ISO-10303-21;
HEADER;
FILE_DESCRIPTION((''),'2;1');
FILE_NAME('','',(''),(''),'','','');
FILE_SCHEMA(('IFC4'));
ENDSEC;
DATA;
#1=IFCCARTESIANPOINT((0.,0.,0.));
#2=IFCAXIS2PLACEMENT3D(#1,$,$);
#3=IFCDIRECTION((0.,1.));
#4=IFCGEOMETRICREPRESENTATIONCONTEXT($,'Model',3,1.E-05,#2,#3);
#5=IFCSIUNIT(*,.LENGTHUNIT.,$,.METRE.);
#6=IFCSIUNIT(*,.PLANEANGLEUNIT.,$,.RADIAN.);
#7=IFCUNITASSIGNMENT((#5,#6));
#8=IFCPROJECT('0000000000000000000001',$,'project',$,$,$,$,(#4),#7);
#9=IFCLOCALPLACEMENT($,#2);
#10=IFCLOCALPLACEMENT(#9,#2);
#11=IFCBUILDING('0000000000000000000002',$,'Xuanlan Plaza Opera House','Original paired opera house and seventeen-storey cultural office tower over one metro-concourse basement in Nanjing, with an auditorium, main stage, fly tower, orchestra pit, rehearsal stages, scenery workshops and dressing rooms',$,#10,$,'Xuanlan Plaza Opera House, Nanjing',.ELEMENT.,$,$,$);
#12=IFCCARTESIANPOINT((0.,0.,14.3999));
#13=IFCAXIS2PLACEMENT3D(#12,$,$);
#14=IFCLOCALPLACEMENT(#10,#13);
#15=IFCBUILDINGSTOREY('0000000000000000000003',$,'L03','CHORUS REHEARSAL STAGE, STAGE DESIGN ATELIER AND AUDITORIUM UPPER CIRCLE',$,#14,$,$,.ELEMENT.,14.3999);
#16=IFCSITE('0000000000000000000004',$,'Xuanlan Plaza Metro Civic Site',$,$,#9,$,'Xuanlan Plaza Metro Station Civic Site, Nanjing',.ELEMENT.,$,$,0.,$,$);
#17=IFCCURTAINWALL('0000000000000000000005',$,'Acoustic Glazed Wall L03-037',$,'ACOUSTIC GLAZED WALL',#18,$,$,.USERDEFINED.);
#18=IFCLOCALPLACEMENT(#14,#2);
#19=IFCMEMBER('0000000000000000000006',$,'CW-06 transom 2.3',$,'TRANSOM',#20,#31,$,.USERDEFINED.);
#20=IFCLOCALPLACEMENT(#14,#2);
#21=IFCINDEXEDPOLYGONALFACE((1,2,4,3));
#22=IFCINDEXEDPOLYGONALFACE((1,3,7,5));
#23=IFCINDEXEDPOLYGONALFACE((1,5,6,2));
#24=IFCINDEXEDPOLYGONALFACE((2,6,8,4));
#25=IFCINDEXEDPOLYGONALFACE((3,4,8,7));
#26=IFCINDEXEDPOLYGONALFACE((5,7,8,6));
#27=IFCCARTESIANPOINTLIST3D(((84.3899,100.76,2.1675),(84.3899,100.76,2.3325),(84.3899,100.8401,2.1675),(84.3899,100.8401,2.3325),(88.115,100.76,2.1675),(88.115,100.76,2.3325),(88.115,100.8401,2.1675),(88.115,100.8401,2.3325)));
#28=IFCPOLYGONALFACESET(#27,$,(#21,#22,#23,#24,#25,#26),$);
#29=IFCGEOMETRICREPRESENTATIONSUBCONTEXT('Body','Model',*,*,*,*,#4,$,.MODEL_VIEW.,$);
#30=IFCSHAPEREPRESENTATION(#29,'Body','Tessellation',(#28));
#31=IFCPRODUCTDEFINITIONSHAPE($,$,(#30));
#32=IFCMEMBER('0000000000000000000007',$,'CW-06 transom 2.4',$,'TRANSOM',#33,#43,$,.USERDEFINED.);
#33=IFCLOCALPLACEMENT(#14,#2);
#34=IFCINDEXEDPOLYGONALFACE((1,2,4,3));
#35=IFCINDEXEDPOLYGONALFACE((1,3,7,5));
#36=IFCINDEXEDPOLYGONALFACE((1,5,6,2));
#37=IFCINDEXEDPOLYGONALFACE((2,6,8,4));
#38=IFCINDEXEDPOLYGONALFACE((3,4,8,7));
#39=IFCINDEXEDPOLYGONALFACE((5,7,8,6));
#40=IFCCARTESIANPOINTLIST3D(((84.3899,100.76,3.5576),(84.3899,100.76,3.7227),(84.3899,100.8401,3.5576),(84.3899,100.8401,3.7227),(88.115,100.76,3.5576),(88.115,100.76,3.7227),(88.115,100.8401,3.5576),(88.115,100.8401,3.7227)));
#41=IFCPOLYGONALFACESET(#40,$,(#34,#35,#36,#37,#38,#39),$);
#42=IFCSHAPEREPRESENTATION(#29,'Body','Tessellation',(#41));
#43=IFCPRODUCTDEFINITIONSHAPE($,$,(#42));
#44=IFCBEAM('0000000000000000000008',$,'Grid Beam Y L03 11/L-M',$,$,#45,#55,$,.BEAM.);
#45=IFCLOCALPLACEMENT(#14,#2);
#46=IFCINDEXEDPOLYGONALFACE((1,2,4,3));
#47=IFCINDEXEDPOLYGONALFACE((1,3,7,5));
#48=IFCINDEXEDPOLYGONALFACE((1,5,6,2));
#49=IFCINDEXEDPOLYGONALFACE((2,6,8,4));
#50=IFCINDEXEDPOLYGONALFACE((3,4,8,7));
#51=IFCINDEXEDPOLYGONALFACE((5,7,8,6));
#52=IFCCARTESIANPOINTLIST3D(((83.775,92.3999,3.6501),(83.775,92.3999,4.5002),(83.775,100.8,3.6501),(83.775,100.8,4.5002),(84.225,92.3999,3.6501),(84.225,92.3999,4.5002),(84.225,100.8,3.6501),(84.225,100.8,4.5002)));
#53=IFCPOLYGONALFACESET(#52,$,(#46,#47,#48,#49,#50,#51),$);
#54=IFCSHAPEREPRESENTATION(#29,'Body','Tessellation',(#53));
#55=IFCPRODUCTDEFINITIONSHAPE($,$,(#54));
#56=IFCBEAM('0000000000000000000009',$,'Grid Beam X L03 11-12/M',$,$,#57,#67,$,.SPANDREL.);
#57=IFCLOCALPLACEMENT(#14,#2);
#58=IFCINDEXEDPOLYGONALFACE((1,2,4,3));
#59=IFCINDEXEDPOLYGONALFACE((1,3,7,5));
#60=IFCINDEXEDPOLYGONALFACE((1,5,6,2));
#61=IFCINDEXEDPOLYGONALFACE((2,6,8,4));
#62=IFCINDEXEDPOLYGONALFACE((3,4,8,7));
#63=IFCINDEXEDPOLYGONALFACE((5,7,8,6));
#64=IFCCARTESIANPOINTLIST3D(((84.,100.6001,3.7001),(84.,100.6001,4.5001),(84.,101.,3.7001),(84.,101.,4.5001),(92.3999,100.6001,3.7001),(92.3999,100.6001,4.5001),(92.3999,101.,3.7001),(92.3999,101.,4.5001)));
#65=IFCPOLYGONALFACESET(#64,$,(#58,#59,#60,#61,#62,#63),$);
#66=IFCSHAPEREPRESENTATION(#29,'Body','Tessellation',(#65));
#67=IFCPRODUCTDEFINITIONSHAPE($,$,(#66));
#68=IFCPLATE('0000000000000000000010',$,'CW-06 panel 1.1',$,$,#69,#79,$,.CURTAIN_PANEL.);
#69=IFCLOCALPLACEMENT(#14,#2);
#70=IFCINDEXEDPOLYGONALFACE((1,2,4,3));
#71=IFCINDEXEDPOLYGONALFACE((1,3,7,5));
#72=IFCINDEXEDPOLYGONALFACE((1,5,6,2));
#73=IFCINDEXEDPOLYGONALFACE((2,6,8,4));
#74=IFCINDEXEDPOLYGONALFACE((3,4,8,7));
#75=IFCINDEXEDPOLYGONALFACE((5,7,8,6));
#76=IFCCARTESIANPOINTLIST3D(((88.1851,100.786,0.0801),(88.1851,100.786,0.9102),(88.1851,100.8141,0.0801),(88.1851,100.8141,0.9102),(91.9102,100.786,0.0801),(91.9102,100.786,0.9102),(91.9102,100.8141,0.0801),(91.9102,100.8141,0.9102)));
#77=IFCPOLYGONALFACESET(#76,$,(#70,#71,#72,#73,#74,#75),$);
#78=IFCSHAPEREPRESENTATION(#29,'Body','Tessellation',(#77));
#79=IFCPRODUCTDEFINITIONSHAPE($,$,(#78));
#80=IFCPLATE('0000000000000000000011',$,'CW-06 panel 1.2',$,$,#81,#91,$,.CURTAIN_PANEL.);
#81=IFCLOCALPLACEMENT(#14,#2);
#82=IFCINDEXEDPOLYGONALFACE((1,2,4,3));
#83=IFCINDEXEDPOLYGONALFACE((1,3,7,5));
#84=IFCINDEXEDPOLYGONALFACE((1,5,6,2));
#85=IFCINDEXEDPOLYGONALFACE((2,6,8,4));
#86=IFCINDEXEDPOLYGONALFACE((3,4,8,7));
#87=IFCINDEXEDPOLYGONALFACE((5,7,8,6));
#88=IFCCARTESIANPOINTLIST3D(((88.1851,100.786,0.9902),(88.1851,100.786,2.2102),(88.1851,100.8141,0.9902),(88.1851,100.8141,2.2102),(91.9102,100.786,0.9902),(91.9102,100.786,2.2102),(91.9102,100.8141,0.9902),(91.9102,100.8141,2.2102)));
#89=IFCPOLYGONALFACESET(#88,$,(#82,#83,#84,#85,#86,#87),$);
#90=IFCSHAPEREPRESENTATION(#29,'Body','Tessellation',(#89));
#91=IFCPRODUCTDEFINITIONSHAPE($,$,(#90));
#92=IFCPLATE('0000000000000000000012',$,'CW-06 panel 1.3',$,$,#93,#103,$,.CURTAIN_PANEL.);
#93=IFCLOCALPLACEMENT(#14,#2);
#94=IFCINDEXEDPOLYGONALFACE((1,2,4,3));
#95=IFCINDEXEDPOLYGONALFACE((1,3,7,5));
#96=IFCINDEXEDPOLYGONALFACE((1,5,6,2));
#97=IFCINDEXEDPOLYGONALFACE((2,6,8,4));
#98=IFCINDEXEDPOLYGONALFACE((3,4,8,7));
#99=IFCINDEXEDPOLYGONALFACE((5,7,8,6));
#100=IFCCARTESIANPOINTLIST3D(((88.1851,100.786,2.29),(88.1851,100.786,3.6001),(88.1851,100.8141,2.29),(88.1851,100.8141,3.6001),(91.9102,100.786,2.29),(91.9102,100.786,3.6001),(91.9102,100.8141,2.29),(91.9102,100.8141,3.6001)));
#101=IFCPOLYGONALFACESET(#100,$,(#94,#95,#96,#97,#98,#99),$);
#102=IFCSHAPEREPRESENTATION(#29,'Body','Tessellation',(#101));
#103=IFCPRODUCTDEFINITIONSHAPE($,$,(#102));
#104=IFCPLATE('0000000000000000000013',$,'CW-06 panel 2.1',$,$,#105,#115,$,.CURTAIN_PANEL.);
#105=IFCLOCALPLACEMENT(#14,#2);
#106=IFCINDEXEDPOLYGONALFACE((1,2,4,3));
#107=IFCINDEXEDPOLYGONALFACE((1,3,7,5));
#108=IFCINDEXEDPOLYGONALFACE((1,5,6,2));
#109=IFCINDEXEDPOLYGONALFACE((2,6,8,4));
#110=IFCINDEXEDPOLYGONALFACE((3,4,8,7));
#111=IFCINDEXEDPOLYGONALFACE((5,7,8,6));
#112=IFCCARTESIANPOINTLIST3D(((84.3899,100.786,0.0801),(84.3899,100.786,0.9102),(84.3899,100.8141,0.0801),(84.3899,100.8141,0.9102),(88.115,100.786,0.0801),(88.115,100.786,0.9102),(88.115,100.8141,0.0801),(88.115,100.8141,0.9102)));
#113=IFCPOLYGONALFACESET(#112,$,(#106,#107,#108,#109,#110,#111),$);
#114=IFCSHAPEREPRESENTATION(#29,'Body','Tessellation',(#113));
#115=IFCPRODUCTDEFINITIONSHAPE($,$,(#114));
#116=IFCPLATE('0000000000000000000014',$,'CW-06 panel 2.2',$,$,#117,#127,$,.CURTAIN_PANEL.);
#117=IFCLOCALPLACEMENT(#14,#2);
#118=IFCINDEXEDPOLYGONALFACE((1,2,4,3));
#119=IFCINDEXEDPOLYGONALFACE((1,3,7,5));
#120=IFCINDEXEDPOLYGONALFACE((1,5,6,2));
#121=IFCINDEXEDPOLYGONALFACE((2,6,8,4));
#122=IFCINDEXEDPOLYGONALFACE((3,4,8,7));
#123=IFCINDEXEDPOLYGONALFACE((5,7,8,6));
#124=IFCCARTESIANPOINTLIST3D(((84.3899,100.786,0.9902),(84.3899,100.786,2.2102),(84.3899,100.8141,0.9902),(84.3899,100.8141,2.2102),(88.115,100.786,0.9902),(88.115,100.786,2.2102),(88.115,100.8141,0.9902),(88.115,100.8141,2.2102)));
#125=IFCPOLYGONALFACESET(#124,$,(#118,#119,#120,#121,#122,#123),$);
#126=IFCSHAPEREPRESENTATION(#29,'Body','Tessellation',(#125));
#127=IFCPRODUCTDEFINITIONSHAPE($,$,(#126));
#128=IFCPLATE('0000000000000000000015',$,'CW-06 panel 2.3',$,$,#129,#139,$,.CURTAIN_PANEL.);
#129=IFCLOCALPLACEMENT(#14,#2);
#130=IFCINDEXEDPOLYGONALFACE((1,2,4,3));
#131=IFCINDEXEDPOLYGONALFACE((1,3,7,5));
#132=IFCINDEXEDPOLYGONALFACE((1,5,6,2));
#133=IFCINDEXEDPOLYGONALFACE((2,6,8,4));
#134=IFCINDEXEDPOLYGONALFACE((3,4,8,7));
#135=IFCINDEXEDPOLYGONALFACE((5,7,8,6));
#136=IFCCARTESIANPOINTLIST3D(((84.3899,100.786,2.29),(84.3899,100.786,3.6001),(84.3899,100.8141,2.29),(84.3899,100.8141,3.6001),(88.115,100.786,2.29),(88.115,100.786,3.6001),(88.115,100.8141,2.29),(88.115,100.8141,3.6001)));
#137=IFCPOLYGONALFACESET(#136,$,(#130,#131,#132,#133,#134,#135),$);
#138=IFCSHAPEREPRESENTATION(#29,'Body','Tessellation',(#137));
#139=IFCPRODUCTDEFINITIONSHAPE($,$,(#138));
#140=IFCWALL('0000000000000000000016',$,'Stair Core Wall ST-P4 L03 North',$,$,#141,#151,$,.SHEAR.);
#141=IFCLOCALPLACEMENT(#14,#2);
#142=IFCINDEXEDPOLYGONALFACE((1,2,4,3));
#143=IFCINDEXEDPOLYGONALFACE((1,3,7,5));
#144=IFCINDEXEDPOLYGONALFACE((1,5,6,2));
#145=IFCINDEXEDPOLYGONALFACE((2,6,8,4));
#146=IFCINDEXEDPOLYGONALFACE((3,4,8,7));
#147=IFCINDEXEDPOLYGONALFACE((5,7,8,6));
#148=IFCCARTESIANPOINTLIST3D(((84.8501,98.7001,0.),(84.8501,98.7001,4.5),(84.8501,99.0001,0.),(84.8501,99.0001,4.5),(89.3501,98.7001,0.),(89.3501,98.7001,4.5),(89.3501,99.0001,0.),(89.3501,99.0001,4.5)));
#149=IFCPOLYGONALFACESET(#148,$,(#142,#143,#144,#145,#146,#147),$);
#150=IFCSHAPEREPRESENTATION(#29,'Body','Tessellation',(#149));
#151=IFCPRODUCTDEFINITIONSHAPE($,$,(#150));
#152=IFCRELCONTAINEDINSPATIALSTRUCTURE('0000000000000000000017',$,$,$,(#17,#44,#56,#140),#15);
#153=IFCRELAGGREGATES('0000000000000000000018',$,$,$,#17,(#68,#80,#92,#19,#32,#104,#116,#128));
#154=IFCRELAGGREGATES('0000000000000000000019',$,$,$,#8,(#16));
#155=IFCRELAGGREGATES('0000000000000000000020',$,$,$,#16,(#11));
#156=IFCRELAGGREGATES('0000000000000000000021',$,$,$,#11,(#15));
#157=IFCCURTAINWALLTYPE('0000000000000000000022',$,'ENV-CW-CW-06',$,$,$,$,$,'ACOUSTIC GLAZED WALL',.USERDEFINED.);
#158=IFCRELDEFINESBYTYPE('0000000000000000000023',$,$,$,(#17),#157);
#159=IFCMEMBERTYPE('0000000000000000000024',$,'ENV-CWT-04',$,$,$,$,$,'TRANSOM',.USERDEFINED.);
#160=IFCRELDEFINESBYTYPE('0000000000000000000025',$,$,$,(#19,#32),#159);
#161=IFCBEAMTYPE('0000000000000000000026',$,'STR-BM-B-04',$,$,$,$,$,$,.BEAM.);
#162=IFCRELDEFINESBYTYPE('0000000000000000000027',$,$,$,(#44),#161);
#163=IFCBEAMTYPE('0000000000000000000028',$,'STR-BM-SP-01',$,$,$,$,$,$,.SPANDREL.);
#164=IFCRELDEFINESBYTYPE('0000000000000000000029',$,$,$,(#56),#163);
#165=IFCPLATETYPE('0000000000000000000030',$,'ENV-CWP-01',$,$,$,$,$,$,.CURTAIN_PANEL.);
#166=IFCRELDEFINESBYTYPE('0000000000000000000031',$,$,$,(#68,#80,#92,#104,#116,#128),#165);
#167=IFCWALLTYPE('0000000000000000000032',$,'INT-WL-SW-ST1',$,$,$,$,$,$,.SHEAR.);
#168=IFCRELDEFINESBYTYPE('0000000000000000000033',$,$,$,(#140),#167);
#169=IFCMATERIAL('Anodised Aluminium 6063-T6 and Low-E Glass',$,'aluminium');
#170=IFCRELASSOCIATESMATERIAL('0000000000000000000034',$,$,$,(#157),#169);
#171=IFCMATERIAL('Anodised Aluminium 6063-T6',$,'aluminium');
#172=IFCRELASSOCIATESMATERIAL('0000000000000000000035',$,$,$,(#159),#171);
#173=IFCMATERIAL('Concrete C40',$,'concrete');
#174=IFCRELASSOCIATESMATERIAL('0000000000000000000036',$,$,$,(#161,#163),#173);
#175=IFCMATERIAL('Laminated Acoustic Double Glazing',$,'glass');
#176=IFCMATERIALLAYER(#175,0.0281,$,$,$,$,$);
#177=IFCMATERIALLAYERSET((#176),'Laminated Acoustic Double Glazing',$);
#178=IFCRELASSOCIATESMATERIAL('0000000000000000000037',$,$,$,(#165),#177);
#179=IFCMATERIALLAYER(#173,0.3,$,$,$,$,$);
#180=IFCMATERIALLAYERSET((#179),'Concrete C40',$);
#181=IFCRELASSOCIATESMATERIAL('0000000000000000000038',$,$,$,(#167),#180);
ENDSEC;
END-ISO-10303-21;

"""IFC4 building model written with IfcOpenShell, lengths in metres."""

from ifc_helpers import new_model, si_unit, direction, frame, frame_2d, origin, origin_2d, place, context, subcontext, project, spatial, rectangle, extrude, material, layer, layer_set, material_profile, profile_set, type_object, element, aggregate, save


model = new_model("IFC4")

# Units and contexts
model_context = context("Model", 3, precision=1e-05, world=origin(), true_north=direction((0.0, 1.0)))
body_context = subcontext(model_context, "Body", "Model", "MODEL_VIEW")
ifc_project = project(units=[si_unit("LENGTHUNIT", "METRE"), si_unit("PLANEANGLEUNIT", "RADIAN")], contexts=[model_context])

# Site, building, storey
site_placement = place(None, origin())
site = spatial("IfcSite", under=ifc_project, at=site_placement, Name="Xuanlan Plaza Metro Civic Site", LongName="Xuanlan Plaza Metro Station Civic Site, Nanjing", CompositionType="ELEMENT", RefElevation=0.0)
building_placement = place(site_placement, origin())
building = spatial("IfcBuilding", under=site, at=building_placement, Name="Xuanlan Plaza Opera House", Description="Original paired opera house and seventeen-storey cultural office tower over one metro-concourse basement in Nanjing, with an auditorium, main stage, fly tower, orchestra pit, rehearsal stages, scenery workshops and dressing rooms", LongName="Xuanlan Plaza Opera House, Nanjing", CompositionType="ELEMENT")
storey_placement = place(building_placement, frame((0.0, 0.0, 14.3999)))
storey = spatial("IfcBuildingStorey", under=building, at=storey_placement, Name="L03", Description="CHORUS REHEARSAL STAGE, STAGE DESIGN ATELIER AND AUDITORIUM UPPER CIRCLE", CompositionType="ELEMENT", Elevation=14.3999)

# Shared definitions
ifc_material_1 = material(Name="Concrete C40", Category="concrete")

# Curtain wall
ifc_material_2 = material(Name="Anodised Aluminium 6063-T6 and Low-E Glass", Category="aluminium")
curtain_wall_type_1 = type_object("IfcCurtainWallType", Name="ENV-CW-CW-06", ElementType="ACOUSTIC GLAZED WALL", PredefinedType="USERDEFINED", material=ifc_material_2)
curtain_wall_1_placement = place(storey_placement, origin())
curtain_wall_1 = element("IfcCurtainWall", 1, at=curtain_wall_1_placement, inside=storey, type_object=curtain_wall_type_1, Name="Acoustic Glazed Wall L03-037", ObjectType="ACOUSTIC GLAZED WALL", PredefinedType="USERDEFINED")
ifc_material_3 = material(Name="Anodised Aluminium 6063-T6", Category="aluminium")

# Members
ifc_material_profile_1 = material_profile(ifc_material_3, rectangle(XDim=0.0801, YDim=0.165, at=origin_2d()), Name="ALU-T 80x165")
ifc_profile_set_1 = profile_set([ifc_material_profile_1], Name="Anodised Aluminium 6063-T6")
member_type_1 = type_object("IfcMemberType", Name="ENV-CWT-04", ElementType="TRANSOM", PredefinedType="USERDEFINED", material=ifc_profile_set_1)
member_1_placement = place(storey_placement, frame((88.115, 100.8, 2.25), z_axis=(-1.0, 0.0, 0.0), x_axis=(0.0, -1.0, 0.0)))
member_1 = element("IfcMember", 2, at=member_1_placement, type_object=member_type_1, Name="CW-06 transom 2.3", ObjectType="TRANSOM", PredefinedType="USERDEFINED", context=body_context, shape_type="SweptSolid", body=[
    extrude(rectangle(XDim=0.0801, YDim=0.165, at=origin_2d()), origin(), (0.0, 0.0, 1.0), 3.7251),
])
member_2_placement = place(storey_placement, frame((88.115, 100.8, 3.6401), z_axis=(-1.0, 0.0, 0.0), x_axis=(0.0, -1.0, 0.0)))
member_2 = element("IfcMember", 3, at=member_2_placement, type_object=member_type_1, Name="CW-06 transom 2.4", ObjectType="TRANSOM", PredefinedType="USERDEFINED", context=body_context, shape_type="SweptSolid", body=[
    extrude(rectangle(XDim=0.0801, YDim=0.165, at=origin_2d()), origin(), (0.0, 0.0, 1.0), 3.7251),
])

# Beams
ifc_material_profile_2 = material_profile(ifc_material_1, rectangle(XDim=0.45, YDim=0.8501, at=origin_2d()), Name="RC-BM 450x850")
ifc_profile_set_2 = profile_set([ifc_material_profile_2], Name="Concrete C40")
beam_type_1 = type_object("IfcBeamType", Name="STR-BM-B-04", PredefinedType="BEAM", material=ifc_profile_set_2)
beam_1_placement = place(storey_placement, frame((84.0, 92.3999, 4.0752), z_axis=(0.0, 1.0, 0.0), x_axis=(-1.0, 0.0, 0.0)))
element("IfcBeam", 4, at=beam_1_placement, inside=storey, type_object=beam_type_1, Name="Grid Beam Y L03 11/L-M", PredefinedType="BEAM", context=body_context, shape_type="SweptSolid", body=[
    extrude(rectangle(XDim=0.45, YDim=0.8501, at=origin_2d()), origin(), (0.0, 0.0, 1.0), 8.4001),
])
ifc_material_profile_3 = material_profile(ifc_material_1, rectangle(XDim=0.3999, YDim=0.8, at=origin_2d()), Name="RC-SPD 400x800")
ifc_profile_set_3 = profile_set([ifc_material_profile_3], Name="Concrete C40")
beam_type_2 = type_object("IfcBeamType", Name="STR-BM-SP-01", PredefinedType="SPANDREL", material=ifc_profile_set_3)
beam_2_placement = place(storey_placement, frame((84.0, 100.8, 4.1001), z_axis=(1.0, 0.0, 0.0), x_axis=(0.0, 1.0, 0.0)))
element("IfcBeam", 5, at=beam_2_placement, inside=storey, type_object=beam_type_2, Name="Grid Beam X L03 11-12/M", PredefinedType="SPANDREL", context=body_context, shape_type="SweptSolid", body=[
    extrude(rectangle(XDim=0.3999, YDim=0.8, at=origin_2d()), origin(), (0.0, 0.0, 1.0), 8.3999),
])

# Plates
ifc_material_4 = material(Name="Laminated Acoustic Double Glazing", Category="glass")
ifc_layer_1 = layer(ifc_material_4, 0.0281)
ifc_layer_set_1 = layer_set([ifc_layer_1], Name="Laminated Acoustic Double Glazing")
plate_type = type_object("IfcPlateType", Name="ENV-CWP-01", PredefinedType="CURTAIN_PANEL", material=ifc_layer_set_1)
plate_1_placement = place(storey_placement, frame((90.0476, 100.8, 0.0801), z_axis=(0.0, 0.0, 1.0), x_axis=(-1.0, 0.0, 0.0)))
plate_1 = element("IfcPlate", 6, at=plate_1_placement, type_object=plate_type, Name="CW-06 panel 1.1", PredefinedType="CURTAIN_PANEL", context=body_context, shape_type="SweptSolid", body=[
    extrude(rectangle(XDim=3.7251, YDim=0.0281, at=origin_2d()), origin(), (0.0, 0.0, 1.0), 0.8301),
])
plate_2_placement = place(storey_placement, frame((90.0476, 100.8, 0.9902), z_axis=(0.0, 0.0, 1.0), x_axis=(-1.0, 0.0, 0.0)))
plate_2 = element("IfcPlate", 7, at=plate_2_placement, type_object=plate_type, Name="CW-06 panel 1.2", PredefinedType="CURTAIN_PANEL", context=body_context, shape_type="SweptSolid", body=[
    extrude(rectangle(XDim=3.7251, YDim=0.0281, at=origin_2d()), origin(), (0.0, 0.0, 1.0), 1.22),
])
plate_3_placement = place(storey_placement, frame((90.0476, 100.8, 2.29), z_axis=(0.0, 0.0, 1.0), x_axis=(-1.0, 0.0, 0.0)))
plate_3 = element("IfcPlate", 8, at=plate_3_placement, type_object=plate_type, Name="CW-06 panel 1.3", PredefinedType="CURTAIN_PANEL", context=body_context, shape_type="SweptSolid", body=[
    extrude(rectangle(XDim=3.7251, YDim=0.0281, at=origin_2d()), origin(), (0.0, 0.0, 1.0), 1.3101),
])
plate_4_placement = place(storey_placement, frame((86.2524, 100.8, 0.0801), z_axis=(0.0, 0.0, 1.0), x_axis=(-1.0, 0.0, 0.0)))
plate_4 = element("IfcPlate", 9, at=plate_4_placement, type_object=plate_type, Name="CW-06 panel 2.1", PredefinedType="CURTAIN_PANEL", context=body_context, shape_type="SweptSolid", body=[
    extrude(rectangle(XDim=3.7251, YDim=0.0281, at=origin_2d()), origin(), (0.0, 0.0, 1.0), 0.8301),
])
plate_5_placement = place(storey_placement, frame((86.2524, 100.8, 0.9902), z_axis=(0.0, 0.0, 1.0), x_axis=(-1.0, 0.0, 0.0)))
plate_5 = element("IfcPlate", 10, at=plate_5_placement, type_object=plate_type, Name="CW-06 panel 2.2", PredefinedType="CURTAIN_PANEL", context=body_context, shape_type="SweptSolid", body=[
    extrude(rectangle(XDim=3.7251, YDim=0.0281, at=origin_2d()), origin(), (0.0, 0.0, 1.0), 1.22),
])
plate_6_placement = place(storey_placement, frame((86.2524, 100.8, 2.29), z_axis=(0.0, 0.0, 1.0), x_axis=(-1.0, 0.0, 0.0)))
plate_6 = element("IfcPlate", 11, at=plate_6_placement, type_object=plate_type, Name="CW-06 panel 2.3", PredefinedType="CURTAIN_PANEL", context=body_context, shape_type="SweptSolid", body=[
    extrude(rectangle(XDim=3.7251, YDim=0.0281, at=origin_2d()), origin(), (0.0, 0.0, 1.0), 1.3101),
])
aggregate(curtain_wall_1, [plate_1, plate_2, plate_3, member_1, member_2, plate_4, plate_5, plate_6])

# Wall
ifc_layer_2 = layer(ifc_material_1, 0.3)
ifc_layer_set_2 = layer_set([ifc_layer_2], Name="Concrete C40")
wall_type = type_object("IfcWallType", Name="INT-WL-SW-ST1", PredefinedType="SHEAR", material=ifc_layer_set_2)
wall_placement = place(storey_placement, frame((84.8501, 98.8501, 0.0), z_axis=(0.0, 0.0, 1.0), x_axis=(1.0, 0.0, 0.0)))
element("IfcWall", 12, at=wall_placement, inside=storey, type_object=wall_type, Name="Stair Core Wall ST-P4 L03 North", PredefinedType="SHEAR", context=body_context, shape_type="SweptSolid", body=[
    extrude(rectangle(XDim=4.5, YDim=0.3, at=frame_2d((2.25, 0.0))), origin(), (0.0, 0.0, 1.0), 4.5),
])

save(model, "model.ifc")
